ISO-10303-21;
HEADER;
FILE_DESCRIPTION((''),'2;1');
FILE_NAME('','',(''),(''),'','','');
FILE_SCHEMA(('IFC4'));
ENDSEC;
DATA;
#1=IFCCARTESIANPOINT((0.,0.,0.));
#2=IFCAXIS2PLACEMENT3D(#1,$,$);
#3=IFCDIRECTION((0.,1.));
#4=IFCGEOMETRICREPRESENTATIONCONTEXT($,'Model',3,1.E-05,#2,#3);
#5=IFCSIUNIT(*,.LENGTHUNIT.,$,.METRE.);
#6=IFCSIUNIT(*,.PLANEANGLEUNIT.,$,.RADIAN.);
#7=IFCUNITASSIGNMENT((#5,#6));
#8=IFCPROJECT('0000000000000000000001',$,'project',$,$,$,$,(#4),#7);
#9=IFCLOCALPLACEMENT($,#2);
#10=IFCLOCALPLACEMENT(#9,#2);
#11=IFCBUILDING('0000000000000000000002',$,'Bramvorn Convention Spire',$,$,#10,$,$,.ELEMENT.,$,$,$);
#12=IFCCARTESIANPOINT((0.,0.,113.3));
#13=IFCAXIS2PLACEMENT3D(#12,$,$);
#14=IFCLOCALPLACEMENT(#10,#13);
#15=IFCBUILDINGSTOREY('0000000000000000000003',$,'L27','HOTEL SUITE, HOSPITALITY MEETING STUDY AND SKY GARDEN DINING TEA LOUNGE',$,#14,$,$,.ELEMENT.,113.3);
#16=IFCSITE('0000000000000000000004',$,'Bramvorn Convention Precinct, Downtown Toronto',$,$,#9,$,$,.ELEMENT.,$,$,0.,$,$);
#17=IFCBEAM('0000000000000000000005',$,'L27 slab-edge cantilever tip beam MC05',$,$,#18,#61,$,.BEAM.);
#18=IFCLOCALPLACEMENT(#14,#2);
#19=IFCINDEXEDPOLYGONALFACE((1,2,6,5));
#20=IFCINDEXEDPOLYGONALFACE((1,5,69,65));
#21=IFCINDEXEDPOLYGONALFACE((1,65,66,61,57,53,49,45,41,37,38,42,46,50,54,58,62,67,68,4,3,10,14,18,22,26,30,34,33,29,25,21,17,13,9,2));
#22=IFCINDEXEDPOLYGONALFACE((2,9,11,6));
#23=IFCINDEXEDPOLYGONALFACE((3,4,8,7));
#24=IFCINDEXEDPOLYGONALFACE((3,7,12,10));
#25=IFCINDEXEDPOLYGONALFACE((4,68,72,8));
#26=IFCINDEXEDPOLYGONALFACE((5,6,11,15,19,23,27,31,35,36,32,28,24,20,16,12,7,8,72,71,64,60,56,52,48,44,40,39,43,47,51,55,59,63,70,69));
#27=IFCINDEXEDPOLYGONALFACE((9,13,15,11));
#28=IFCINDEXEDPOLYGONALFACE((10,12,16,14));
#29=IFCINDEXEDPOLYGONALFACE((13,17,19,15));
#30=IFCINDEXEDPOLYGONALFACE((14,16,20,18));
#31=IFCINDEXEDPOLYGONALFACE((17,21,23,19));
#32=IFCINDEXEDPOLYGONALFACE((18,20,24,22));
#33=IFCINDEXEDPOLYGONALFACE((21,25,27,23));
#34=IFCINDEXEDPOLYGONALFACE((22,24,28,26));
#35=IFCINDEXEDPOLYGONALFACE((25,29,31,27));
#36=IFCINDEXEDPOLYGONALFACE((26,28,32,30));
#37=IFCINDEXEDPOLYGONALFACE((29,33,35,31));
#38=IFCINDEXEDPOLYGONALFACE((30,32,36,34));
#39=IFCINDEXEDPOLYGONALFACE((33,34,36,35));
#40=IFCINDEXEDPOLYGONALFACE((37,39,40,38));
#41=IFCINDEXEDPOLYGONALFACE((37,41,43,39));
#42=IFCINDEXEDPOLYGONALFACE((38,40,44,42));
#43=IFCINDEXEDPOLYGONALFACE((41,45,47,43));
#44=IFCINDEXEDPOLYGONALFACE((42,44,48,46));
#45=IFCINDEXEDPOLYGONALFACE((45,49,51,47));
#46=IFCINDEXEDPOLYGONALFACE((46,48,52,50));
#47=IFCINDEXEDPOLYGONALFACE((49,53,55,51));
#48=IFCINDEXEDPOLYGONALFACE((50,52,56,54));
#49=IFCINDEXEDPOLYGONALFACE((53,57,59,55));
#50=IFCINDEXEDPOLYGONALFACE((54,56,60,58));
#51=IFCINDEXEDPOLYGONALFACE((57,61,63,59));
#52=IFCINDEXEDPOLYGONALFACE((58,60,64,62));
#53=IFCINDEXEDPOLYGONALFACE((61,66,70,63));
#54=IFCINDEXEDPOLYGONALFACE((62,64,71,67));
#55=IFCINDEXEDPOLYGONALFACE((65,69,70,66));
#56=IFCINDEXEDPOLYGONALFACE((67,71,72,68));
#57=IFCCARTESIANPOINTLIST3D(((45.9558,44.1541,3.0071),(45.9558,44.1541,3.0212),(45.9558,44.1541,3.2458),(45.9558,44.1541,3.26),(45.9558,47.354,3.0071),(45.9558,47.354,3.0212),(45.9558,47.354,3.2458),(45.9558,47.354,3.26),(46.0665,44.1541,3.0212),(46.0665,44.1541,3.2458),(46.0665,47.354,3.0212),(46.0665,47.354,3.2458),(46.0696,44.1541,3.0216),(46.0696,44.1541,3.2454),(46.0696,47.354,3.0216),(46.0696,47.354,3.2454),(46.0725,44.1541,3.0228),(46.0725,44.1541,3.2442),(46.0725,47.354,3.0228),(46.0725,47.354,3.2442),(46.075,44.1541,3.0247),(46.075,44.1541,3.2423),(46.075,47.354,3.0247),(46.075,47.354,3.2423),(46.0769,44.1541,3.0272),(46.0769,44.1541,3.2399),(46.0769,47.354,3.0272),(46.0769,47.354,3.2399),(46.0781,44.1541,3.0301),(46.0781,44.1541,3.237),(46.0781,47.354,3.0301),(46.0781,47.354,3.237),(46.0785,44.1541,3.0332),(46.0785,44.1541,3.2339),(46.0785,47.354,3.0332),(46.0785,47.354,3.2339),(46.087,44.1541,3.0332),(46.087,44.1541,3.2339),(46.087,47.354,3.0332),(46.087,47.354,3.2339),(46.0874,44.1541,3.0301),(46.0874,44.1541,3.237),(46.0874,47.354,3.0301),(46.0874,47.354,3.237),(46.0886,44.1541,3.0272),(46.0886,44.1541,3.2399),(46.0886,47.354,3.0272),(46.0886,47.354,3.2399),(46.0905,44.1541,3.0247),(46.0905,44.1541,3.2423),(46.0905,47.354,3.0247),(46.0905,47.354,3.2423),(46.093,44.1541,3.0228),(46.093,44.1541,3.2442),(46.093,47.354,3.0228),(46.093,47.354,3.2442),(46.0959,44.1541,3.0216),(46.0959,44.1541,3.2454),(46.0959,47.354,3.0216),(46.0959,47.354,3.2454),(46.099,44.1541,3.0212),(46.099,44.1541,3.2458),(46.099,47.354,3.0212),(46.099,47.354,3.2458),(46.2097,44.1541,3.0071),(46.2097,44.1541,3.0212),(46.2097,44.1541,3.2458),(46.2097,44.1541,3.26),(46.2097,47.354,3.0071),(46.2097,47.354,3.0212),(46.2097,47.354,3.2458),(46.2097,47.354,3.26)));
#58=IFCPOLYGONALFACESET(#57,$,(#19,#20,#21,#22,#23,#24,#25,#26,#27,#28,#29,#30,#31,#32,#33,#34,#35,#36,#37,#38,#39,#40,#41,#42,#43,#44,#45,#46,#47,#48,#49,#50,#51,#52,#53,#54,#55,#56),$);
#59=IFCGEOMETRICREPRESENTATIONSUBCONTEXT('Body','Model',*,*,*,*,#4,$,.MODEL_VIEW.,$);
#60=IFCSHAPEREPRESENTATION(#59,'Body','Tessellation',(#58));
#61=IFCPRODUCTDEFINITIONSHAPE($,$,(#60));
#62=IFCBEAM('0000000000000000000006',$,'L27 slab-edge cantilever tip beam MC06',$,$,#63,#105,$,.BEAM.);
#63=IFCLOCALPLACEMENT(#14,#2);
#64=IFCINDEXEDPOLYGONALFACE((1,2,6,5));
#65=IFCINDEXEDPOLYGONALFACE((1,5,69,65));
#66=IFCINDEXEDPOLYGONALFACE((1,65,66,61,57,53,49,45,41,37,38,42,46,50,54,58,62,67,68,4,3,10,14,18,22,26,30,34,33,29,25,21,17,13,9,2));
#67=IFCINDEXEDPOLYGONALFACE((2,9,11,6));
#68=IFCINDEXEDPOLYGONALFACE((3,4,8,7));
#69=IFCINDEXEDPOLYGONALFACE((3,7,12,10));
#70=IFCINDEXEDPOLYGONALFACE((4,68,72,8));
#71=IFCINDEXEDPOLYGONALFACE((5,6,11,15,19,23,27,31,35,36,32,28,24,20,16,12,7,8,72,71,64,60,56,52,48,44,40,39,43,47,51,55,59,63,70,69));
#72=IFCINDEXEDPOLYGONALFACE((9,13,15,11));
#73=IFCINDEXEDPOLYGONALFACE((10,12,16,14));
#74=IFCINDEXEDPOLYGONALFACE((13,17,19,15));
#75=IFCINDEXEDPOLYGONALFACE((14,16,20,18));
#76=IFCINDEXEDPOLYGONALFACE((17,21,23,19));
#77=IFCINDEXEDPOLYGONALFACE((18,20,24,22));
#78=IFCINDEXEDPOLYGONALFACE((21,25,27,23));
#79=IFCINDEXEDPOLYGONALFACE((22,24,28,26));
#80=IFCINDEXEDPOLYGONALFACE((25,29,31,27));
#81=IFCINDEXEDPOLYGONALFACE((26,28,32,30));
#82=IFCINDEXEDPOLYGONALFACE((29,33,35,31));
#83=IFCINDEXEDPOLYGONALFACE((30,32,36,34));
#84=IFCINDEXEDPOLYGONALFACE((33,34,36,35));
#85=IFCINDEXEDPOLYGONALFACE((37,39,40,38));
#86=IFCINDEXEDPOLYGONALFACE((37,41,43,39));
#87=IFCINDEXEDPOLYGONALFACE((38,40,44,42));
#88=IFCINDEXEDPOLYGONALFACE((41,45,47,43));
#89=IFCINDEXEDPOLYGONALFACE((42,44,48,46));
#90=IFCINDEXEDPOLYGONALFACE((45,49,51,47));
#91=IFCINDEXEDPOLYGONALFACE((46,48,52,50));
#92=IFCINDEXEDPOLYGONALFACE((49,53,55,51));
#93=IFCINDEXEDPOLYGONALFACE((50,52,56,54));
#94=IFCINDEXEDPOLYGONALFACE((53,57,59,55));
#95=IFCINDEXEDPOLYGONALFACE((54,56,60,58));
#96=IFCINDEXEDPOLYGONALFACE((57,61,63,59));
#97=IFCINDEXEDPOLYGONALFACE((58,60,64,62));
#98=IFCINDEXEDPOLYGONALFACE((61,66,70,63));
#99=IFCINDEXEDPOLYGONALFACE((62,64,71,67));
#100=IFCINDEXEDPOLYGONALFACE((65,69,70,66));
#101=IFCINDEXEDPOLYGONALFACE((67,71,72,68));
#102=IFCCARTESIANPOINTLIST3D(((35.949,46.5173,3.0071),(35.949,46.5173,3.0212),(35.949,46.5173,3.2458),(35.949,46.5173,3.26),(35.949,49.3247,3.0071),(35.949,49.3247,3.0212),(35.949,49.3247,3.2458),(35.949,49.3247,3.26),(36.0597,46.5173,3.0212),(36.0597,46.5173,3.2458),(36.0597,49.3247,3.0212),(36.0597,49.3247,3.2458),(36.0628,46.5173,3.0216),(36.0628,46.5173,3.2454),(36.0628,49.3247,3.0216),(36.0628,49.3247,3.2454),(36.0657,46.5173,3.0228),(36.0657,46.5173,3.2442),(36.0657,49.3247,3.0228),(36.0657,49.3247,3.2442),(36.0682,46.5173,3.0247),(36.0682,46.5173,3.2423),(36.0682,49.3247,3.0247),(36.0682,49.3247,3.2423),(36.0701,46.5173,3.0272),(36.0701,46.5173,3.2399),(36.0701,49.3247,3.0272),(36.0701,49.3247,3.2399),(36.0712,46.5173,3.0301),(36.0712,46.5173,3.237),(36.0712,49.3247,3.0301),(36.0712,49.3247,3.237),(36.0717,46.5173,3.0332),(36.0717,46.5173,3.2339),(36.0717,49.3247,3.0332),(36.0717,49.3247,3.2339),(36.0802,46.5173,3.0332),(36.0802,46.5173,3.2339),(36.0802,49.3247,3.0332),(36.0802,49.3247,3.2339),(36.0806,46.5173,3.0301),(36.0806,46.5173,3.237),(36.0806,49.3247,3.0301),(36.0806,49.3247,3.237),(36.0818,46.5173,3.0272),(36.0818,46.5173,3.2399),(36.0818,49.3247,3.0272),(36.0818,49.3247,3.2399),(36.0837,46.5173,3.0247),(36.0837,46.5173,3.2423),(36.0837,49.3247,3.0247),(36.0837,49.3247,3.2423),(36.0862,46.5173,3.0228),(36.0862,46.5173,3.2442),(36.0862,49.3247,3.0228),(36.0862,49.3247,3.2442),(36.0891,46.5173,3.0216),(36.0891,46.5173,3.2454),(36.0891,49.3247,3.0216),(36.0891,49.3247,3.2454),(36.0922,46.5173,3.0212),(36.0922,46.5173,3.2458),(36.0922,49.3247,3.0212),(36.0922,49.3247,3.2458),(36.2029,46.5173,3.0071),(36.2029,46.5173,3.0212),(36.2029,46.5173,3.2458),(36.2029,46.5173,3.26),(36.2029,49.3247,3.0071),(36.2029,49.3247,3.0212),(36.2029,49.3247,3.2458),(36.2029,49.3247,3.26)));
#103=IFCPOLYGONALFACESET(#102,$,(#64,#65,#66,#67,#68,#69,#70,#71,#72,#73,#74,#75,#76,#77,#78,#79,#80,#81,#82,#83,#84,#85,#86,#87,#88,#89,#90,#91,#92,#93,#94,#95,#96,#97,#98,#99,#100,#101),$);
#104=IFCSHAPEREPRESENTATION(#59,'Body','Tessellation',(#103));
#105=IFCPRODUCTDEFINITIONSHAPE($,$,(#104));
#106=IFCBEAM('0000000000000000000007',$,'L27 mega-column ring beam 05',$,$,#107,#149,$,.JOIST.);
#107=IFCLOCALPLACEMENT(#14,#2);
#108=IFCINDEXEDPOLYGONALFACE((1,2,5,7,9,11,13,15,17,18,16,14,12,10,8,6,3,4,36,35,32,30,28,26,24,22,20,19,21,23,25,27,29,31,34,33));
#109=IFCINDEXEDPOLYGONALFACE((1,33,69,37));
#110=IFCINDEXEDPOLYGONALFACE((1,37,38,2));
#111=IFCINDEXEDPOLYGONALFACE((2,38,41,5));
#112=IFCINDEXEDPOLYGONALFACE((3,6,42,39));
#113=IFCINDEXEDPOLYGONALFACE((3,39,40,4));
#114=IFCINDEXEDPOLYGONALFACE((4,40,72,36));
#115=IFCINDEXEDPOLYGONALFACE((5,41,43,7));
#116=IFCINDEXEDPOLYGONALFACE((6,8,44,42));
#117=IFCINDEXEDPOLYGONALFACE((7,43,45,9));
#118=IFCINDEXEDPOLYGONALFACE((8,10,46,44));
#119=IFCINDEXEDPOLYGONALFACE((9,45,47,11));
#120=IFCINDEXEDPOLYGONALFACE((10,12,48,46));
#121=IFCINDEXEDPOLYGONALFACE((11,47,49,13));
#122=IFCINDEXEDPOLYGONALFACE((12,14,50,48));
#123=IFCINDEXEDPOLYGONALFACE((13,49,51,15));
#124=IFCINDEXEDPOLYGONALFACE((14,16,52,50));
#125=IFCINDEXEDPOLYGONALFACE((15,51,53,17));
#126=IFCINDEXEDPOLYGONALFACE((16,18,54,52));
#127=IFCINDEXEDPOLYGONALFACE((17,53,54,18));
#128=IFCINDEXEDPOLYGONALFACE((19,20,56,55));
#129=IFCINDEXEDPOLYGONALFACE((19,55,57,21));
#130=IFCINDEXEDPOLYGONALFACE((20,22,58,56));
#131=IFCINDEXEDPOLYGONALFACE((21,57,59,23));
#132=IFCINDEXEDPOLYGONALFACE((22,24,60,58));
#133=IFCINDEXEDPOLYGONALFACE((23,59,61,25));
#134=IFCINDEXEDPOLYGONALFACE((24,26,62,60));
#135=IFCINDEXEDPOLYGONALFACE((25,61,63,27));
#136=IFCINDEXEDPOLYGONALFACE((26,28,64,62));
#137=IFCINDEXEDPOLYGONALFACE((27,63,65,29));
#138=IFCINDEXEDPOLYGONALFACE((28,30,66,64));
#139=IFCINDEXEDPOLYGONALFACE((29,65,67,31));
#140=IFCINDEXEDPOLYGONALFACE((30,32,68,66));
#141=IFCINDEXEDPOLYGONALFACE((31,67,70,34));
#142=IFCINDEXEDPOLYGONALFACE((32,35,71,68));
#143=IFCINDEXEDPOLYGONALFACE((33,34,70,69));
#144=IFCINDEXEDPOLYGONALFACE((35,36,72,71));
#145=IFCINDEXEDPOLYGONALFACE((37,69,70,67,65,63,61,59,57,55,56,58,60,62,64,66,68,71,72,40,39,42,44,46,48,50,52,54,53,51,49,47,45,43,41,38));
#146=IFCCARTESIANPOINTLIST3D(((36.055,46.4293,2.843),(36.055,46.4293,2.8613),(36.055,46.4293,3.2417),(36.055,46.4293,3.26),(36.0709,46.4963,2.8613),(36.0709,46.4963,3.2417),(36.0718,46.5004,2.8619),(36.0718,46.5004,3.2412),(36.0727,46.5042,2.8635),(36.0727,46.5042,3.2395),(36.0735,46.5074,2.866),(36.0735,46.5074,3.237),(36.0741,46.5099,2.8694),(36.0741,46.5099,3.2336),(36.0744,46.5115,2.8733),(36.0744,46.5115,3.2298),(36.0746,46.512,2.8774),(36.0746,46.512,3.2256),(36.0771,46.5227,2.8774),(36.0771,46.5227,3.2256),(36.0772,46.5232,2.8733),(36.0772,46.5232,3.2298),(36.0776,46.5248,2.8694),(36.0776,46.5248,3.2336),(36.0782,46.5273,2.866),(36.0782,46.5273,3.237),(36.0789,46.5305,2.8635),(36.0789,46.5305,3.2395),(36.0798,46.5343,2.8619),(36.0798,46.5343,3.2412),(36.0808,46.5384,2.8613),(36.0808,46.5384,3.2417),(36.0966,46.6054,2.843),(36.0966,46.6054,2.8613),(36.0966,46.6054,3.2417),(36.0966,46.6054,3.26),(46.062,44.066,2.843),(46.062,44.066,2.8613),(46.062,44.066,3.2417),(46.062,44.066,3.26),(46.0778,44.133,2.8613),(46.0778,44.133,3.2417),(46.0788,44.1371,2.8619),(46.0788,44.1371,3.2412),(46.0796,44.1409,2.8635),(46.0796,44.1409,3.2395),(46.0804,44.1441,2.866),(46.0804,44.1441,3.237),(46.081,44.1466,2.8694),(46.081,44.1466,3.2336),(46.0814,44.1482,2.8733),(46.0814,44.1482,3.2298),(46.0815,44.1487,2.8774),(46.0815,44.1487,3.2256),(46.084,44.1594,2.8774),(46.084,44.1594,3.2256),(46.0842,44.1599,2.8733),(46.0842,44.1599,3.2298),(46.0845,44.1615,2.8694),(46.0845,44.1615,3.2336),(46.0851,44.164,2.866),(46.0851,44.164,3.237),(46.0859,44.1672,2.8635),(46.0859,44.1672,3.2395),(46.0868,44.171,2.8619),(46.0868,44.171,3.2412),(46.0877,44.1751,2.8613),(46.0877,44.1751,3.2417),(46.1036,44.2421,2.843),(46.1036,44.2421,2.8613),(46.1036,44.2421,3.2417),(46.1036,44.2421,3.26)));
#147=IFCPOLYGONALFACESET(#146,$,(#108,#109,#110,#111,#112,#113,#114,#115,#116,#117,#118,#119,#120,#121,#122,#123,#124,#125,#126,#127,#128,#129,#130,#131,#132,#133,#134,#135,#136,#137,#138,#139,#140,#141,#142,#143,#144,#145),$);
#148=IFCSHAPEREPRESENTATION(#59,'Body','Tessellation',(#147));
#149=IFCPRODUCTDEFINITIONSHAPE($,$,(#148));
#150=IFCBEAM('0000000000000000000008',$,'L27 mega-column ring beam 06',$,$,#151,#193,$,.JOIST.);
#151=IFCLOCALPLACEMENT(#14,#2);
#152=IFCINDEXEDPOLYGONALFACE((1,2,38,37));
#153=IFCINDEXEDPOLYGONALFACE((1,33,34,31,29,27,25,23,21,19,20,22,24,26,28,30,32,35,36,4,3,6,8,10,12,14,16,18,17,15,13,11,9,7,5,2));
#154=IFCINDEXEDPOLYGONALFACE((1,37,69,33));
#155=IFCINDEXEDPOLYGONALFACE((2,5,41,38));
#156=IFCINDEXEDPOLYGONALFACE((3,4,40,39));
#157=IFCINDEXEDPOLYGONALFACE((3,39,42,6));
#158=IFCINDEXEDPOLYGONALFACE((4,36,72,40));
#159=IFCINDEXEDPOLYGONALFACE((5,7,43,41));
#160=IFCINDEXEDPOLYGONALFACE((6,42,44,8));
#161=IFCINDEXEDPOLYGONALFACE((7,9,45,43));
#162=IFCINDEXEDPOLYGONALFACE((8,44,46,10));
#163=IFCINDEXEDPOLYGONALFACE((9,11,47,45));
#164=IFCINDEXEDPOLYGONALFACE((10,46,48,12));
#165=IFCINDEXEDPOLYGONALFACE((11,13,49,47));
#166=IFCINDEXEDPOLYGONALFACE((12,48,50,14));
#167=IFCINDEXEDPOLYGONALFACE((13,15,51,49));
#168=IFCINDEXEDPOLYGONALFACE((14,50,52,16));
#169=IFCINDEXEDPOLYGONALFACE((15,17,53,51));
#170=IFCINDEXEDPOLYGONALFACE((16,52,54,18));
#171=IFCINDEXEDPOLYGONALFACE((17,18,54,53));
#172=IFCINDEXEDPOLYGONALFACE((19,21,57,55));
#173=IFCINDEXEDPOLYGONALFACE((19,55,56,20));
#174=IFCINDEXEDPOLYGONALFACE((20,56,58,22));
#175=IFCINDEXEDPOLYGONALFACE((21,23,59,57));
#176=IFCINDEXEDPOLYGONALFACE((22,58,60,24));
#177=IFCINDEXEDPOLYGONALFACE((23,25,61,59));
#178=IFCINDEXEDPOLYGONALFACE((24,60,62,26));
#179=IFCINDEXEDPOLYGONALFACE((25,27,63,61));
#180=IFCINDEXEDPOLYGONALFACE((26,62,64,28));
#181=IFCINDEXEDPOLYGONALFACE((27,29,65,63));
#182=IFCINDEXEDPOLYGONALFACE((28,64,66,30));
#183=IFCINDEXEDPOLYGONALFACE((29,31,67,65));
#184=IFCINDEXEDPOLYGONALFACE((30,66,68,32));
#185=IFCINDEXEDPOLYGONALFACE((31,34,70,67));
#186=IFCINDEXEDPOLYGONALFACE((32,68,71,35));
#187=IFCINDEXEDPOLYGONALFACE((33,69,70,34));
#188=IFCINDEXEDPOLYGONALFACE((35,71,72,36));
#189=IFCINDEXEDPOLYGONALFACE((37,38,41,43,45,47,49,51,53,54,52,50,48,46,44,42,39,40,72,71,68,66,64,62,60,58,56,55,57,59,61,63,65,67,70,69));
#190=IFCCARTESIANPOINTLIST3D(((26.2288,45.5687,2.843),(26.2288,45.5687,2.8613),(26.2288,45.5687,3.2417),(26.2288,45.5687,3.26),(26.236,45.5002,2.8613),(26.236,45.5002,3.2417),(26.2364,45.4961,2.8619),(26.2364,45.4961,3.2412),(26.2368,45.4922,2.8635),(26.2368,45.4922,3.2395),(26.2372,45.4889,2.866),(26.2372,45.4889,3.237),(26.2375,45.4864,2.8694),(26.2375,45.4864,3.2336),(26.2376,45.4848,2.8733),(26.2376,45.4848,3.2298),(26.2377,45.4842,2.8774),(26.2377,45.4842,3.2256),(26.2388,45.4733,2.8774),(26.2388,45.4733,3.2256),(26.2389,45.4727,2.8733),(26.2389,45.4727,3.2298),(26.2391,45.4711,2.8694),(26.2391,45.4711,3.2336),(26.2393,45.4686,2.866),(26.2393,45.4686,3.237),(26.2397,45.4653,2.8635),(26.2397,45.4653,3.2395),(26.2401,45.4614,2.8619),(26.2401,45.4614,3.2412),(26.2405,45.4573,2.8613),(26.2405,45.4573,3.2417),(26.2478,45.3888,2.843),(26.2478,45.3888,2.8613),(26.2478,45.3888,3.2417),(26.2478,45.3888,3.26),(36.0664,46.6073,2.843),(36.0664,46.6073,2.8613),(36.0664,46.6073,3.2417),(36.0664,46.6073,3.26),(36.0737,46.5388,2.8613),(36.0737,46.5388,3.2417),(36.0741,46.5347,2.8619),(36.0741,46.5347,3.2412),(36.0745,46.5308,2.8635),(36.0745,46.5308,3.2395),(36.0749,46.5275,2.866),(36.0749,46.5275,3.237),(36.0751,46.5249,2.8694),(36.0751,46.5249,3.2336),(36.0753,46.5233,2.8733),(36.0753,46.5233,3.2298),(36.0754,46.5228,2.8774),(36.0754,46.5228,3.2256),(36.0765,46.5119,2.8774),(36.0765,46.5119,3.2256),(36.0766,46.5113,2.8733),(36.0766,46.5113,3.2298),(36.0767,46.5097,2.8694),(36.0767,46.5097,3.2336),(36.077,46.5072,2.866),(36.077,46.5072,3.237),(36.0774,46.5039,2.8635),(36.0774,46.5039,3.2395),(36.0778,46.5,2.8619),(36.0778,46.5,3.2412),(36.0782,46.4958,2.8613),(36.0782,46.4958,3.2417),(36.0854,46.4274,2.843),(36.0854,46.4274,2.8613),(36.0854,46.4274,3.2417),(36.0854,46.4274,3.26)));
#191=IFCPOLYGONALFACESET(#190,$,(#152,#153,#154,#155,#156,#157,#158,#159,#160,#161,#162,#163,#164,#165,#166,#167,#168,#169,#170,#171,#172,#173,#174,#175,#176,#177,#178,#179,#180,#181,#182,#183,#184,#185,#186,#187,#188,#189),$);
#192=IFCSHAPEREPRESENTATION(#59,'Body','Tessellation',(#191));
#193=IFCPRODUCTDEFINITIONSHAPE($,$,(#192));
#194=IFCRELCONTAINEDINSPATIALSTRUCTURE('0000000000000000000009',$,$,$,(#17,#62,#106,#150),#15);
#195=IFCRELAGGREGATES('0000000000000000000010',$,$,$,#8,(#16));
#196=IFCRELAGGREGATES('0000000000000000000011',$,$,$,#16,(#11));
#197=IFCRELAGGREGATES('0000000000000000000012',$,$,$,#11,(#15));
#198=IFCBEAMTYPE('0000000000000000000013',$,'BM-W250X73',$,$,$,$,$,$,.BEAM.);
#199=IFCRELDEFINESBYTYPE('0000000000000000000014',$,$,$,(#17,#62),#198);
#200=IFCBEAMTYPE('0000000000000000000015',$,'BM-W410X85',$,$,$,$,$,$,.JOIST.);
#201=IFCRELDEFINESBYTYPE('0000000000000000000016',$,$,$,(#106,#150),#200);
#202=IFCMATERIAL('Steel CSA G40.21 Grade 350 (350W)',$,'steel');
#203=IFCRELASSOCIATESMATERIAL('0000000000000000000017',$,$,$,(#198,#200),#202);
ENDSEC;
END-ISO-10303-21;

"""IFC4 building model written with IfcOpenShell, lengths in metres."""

from ifc_helpers import new_model, si_unit, direction, frame, origin, origin_2d, place, context, subcontext, project, spatial, i_section, extrude, material, material_profile, profile_set, type_object, element, save


model = new_model("IFC4")

# Units and contexts
model_context = context("Model", 3, precision=1e-05, world=origin(), true_north=direction((0.0, 1.0)))
body_context = subcontext(model_context, "Body", "Model", "MODEL_VIEW")
ifc_project = project(units=[si_unit("LENGTHUNIT", "METRE"), si_unit("PLANEANGLEUNIT", "RADIAN")], contexts=[model_context])

# Site, building, storey
site_placement = place(None, origin())
site = spatial("IfcSite", under=ifc_project, at=site_placement, Name="Bramvorn Convention Precinct, Downtown Toronto", CompositionType="ELEMENT", RefElevation=0.0)
building_placement = place(site_placement, origin())
building = spatial("IfcBuilding", under=site, at=building_placement, Name="Bramvorn Convention Spire", CompositionType="ELEMENT")
storey_placement = place(building_placement, frame((0.0, 0.0, 113.3)))
storey = spatial("IfcBuildingStorey", under=building, at=storey_placement, Name="L27", Description="HOTEL SUITE, HOSPITALITY MEETING STUDY AND SKY GARDEN DINING TEA LOUNGE", CompositionType="ELEMENT", Elevation=113.3)

# Shared definitions
ifc_material_1 = material(Name="Steel CSA G40.21 Grade 350 (350W)", Category="steel")

# Beams
ifc_material_profile_1 = material_profile(ifc_material_1, i_section(OverallWidth=0.2539, OverallDepth=0.2529, WebThickness=0.0085, FlangeThickness=0.0142, FilletRadius=0.012, at=origin_2d()))
ifc_profile_set_1 = profile_set([ifc_material_profile_1], Name="Steel CSA G40.21 Grade 350 (350W) - W250X73")
beam_type_1 = type_object("IfcBeamType", Name="BM-W250X73", PredefinedType="BEAM", material=ifc_profile_set_1)
beam_1_placement = place(storey_placement, frame((46.0828, 44.1541, 3.1335), z_axis=(0.0, 1.0, 0.0), x_axis=(-1.0, 0.0, 0.0)))
element("IfcBeam", 1, at=beam_1_placement, inside=storey, type_object=beam_type_1, Name="L27 slab-edge cantilever tip beam MC05", PredefinedType="BEAM", context=body_context, shape_type="SweptSolid", body=[
    extrude(i_section(OverallWidth=0.2539, OverallDepth=0.2529, WebThickness=0.0085, FlangeThickness=0.0142, FilletRadius=0.012, at=origin_2d()), origin(), (0.0, 0.0, 1.0), 3.2),
])
beam_2_placement = place(storey_placement, frame((36.0759, 46.5173, 3.1335), z_axis=(0.0, 1.0, 0.0), x_axis=(-1.0, 0.0, 0.0)))
element("IfcBeam", 2, at=beam_2_placement, inside=storey, type_object=beam_type_1, Name="L27 slab-edge cantilever tip beam MC06", PredefinedType="BEAM", context=body_context, shape_type="SweptSolid", body=[
    extrude(i_section(OverallWidth=0.2539, OverallDepth=0.2529, WebThickness=0.0085, FlangeThickness=0.0142, FilletRadius=0.012, at=origin_2d()), origin(), (0.0, 0.0, 1.0), 2.8074),
])
ifc_material_profile_2 = material_profile(ifc_material_1, i_section(OverallWidth=0.1809, OverallDepth=0.417, WebThickness=0.011, FlangeThickness=0.0183, FilletRadius=0.0161, at=origin_2d()))
ifc_profile_set_2 = profile_set([ifc_material_profile_2], Name="Steel CSA G40.21 Grade 350 (350W) - W410X85")
beam_type_2 = type_object("IfcBeamType", Name="BM-W410X85", PredefinedType="JOIST", material=ifc_profile_set_2)
beam_3_placement = place(storey_placement, frame((46.0828, 44.1541, 3.0515), z_axis=(-0.973228, 0.229844, 0.0), x_axis=(-0.229844, -0.973228, 0.0)))
element("IfcBeam", 3, at=beam_3_placement, inside=storey, type_object=beam_type_2, Name="L27 mega-column ring beam 05", PredefinedType="JOIST", context=body_context, shape_type="SweptSolid", body=[
    extrude(i_section(OverallWidth=0.1809, OverallDepth=0.417, WebThickness=0.011, FlangeThickness=0.0183, FilletRadius=0.0161, at=origin_2d()), origin(), (0.0, 0.0, 1.0), 10.2822),
])
beam_4_placement = place(storey_placement, frame((36.0759, 46.5173, 3.0515), z_axis=(-0.994473, -0.104988, 0.0), x_axis=(0.104988, -0.994473, 0.0)))
element("IfcBeam", 4, at=beam_4_placement, inside=storey, type_object=beam_type_2, Name="L27 mega-column ring beam 06", PredefinedType="JOIST", context=body_context, shape_type="SweptSolid", body=[
    extrude(i_section(OverallWidth=0.1809, OverallDepth=0.417, WebThickness=0.011, FlangeThickness=0.0183, FilletRadius=0.0161, at=origin_2d()), origin(), (0.0, 0.0, 1.0), 9.8923),
])

save(model, "model.ifc")
